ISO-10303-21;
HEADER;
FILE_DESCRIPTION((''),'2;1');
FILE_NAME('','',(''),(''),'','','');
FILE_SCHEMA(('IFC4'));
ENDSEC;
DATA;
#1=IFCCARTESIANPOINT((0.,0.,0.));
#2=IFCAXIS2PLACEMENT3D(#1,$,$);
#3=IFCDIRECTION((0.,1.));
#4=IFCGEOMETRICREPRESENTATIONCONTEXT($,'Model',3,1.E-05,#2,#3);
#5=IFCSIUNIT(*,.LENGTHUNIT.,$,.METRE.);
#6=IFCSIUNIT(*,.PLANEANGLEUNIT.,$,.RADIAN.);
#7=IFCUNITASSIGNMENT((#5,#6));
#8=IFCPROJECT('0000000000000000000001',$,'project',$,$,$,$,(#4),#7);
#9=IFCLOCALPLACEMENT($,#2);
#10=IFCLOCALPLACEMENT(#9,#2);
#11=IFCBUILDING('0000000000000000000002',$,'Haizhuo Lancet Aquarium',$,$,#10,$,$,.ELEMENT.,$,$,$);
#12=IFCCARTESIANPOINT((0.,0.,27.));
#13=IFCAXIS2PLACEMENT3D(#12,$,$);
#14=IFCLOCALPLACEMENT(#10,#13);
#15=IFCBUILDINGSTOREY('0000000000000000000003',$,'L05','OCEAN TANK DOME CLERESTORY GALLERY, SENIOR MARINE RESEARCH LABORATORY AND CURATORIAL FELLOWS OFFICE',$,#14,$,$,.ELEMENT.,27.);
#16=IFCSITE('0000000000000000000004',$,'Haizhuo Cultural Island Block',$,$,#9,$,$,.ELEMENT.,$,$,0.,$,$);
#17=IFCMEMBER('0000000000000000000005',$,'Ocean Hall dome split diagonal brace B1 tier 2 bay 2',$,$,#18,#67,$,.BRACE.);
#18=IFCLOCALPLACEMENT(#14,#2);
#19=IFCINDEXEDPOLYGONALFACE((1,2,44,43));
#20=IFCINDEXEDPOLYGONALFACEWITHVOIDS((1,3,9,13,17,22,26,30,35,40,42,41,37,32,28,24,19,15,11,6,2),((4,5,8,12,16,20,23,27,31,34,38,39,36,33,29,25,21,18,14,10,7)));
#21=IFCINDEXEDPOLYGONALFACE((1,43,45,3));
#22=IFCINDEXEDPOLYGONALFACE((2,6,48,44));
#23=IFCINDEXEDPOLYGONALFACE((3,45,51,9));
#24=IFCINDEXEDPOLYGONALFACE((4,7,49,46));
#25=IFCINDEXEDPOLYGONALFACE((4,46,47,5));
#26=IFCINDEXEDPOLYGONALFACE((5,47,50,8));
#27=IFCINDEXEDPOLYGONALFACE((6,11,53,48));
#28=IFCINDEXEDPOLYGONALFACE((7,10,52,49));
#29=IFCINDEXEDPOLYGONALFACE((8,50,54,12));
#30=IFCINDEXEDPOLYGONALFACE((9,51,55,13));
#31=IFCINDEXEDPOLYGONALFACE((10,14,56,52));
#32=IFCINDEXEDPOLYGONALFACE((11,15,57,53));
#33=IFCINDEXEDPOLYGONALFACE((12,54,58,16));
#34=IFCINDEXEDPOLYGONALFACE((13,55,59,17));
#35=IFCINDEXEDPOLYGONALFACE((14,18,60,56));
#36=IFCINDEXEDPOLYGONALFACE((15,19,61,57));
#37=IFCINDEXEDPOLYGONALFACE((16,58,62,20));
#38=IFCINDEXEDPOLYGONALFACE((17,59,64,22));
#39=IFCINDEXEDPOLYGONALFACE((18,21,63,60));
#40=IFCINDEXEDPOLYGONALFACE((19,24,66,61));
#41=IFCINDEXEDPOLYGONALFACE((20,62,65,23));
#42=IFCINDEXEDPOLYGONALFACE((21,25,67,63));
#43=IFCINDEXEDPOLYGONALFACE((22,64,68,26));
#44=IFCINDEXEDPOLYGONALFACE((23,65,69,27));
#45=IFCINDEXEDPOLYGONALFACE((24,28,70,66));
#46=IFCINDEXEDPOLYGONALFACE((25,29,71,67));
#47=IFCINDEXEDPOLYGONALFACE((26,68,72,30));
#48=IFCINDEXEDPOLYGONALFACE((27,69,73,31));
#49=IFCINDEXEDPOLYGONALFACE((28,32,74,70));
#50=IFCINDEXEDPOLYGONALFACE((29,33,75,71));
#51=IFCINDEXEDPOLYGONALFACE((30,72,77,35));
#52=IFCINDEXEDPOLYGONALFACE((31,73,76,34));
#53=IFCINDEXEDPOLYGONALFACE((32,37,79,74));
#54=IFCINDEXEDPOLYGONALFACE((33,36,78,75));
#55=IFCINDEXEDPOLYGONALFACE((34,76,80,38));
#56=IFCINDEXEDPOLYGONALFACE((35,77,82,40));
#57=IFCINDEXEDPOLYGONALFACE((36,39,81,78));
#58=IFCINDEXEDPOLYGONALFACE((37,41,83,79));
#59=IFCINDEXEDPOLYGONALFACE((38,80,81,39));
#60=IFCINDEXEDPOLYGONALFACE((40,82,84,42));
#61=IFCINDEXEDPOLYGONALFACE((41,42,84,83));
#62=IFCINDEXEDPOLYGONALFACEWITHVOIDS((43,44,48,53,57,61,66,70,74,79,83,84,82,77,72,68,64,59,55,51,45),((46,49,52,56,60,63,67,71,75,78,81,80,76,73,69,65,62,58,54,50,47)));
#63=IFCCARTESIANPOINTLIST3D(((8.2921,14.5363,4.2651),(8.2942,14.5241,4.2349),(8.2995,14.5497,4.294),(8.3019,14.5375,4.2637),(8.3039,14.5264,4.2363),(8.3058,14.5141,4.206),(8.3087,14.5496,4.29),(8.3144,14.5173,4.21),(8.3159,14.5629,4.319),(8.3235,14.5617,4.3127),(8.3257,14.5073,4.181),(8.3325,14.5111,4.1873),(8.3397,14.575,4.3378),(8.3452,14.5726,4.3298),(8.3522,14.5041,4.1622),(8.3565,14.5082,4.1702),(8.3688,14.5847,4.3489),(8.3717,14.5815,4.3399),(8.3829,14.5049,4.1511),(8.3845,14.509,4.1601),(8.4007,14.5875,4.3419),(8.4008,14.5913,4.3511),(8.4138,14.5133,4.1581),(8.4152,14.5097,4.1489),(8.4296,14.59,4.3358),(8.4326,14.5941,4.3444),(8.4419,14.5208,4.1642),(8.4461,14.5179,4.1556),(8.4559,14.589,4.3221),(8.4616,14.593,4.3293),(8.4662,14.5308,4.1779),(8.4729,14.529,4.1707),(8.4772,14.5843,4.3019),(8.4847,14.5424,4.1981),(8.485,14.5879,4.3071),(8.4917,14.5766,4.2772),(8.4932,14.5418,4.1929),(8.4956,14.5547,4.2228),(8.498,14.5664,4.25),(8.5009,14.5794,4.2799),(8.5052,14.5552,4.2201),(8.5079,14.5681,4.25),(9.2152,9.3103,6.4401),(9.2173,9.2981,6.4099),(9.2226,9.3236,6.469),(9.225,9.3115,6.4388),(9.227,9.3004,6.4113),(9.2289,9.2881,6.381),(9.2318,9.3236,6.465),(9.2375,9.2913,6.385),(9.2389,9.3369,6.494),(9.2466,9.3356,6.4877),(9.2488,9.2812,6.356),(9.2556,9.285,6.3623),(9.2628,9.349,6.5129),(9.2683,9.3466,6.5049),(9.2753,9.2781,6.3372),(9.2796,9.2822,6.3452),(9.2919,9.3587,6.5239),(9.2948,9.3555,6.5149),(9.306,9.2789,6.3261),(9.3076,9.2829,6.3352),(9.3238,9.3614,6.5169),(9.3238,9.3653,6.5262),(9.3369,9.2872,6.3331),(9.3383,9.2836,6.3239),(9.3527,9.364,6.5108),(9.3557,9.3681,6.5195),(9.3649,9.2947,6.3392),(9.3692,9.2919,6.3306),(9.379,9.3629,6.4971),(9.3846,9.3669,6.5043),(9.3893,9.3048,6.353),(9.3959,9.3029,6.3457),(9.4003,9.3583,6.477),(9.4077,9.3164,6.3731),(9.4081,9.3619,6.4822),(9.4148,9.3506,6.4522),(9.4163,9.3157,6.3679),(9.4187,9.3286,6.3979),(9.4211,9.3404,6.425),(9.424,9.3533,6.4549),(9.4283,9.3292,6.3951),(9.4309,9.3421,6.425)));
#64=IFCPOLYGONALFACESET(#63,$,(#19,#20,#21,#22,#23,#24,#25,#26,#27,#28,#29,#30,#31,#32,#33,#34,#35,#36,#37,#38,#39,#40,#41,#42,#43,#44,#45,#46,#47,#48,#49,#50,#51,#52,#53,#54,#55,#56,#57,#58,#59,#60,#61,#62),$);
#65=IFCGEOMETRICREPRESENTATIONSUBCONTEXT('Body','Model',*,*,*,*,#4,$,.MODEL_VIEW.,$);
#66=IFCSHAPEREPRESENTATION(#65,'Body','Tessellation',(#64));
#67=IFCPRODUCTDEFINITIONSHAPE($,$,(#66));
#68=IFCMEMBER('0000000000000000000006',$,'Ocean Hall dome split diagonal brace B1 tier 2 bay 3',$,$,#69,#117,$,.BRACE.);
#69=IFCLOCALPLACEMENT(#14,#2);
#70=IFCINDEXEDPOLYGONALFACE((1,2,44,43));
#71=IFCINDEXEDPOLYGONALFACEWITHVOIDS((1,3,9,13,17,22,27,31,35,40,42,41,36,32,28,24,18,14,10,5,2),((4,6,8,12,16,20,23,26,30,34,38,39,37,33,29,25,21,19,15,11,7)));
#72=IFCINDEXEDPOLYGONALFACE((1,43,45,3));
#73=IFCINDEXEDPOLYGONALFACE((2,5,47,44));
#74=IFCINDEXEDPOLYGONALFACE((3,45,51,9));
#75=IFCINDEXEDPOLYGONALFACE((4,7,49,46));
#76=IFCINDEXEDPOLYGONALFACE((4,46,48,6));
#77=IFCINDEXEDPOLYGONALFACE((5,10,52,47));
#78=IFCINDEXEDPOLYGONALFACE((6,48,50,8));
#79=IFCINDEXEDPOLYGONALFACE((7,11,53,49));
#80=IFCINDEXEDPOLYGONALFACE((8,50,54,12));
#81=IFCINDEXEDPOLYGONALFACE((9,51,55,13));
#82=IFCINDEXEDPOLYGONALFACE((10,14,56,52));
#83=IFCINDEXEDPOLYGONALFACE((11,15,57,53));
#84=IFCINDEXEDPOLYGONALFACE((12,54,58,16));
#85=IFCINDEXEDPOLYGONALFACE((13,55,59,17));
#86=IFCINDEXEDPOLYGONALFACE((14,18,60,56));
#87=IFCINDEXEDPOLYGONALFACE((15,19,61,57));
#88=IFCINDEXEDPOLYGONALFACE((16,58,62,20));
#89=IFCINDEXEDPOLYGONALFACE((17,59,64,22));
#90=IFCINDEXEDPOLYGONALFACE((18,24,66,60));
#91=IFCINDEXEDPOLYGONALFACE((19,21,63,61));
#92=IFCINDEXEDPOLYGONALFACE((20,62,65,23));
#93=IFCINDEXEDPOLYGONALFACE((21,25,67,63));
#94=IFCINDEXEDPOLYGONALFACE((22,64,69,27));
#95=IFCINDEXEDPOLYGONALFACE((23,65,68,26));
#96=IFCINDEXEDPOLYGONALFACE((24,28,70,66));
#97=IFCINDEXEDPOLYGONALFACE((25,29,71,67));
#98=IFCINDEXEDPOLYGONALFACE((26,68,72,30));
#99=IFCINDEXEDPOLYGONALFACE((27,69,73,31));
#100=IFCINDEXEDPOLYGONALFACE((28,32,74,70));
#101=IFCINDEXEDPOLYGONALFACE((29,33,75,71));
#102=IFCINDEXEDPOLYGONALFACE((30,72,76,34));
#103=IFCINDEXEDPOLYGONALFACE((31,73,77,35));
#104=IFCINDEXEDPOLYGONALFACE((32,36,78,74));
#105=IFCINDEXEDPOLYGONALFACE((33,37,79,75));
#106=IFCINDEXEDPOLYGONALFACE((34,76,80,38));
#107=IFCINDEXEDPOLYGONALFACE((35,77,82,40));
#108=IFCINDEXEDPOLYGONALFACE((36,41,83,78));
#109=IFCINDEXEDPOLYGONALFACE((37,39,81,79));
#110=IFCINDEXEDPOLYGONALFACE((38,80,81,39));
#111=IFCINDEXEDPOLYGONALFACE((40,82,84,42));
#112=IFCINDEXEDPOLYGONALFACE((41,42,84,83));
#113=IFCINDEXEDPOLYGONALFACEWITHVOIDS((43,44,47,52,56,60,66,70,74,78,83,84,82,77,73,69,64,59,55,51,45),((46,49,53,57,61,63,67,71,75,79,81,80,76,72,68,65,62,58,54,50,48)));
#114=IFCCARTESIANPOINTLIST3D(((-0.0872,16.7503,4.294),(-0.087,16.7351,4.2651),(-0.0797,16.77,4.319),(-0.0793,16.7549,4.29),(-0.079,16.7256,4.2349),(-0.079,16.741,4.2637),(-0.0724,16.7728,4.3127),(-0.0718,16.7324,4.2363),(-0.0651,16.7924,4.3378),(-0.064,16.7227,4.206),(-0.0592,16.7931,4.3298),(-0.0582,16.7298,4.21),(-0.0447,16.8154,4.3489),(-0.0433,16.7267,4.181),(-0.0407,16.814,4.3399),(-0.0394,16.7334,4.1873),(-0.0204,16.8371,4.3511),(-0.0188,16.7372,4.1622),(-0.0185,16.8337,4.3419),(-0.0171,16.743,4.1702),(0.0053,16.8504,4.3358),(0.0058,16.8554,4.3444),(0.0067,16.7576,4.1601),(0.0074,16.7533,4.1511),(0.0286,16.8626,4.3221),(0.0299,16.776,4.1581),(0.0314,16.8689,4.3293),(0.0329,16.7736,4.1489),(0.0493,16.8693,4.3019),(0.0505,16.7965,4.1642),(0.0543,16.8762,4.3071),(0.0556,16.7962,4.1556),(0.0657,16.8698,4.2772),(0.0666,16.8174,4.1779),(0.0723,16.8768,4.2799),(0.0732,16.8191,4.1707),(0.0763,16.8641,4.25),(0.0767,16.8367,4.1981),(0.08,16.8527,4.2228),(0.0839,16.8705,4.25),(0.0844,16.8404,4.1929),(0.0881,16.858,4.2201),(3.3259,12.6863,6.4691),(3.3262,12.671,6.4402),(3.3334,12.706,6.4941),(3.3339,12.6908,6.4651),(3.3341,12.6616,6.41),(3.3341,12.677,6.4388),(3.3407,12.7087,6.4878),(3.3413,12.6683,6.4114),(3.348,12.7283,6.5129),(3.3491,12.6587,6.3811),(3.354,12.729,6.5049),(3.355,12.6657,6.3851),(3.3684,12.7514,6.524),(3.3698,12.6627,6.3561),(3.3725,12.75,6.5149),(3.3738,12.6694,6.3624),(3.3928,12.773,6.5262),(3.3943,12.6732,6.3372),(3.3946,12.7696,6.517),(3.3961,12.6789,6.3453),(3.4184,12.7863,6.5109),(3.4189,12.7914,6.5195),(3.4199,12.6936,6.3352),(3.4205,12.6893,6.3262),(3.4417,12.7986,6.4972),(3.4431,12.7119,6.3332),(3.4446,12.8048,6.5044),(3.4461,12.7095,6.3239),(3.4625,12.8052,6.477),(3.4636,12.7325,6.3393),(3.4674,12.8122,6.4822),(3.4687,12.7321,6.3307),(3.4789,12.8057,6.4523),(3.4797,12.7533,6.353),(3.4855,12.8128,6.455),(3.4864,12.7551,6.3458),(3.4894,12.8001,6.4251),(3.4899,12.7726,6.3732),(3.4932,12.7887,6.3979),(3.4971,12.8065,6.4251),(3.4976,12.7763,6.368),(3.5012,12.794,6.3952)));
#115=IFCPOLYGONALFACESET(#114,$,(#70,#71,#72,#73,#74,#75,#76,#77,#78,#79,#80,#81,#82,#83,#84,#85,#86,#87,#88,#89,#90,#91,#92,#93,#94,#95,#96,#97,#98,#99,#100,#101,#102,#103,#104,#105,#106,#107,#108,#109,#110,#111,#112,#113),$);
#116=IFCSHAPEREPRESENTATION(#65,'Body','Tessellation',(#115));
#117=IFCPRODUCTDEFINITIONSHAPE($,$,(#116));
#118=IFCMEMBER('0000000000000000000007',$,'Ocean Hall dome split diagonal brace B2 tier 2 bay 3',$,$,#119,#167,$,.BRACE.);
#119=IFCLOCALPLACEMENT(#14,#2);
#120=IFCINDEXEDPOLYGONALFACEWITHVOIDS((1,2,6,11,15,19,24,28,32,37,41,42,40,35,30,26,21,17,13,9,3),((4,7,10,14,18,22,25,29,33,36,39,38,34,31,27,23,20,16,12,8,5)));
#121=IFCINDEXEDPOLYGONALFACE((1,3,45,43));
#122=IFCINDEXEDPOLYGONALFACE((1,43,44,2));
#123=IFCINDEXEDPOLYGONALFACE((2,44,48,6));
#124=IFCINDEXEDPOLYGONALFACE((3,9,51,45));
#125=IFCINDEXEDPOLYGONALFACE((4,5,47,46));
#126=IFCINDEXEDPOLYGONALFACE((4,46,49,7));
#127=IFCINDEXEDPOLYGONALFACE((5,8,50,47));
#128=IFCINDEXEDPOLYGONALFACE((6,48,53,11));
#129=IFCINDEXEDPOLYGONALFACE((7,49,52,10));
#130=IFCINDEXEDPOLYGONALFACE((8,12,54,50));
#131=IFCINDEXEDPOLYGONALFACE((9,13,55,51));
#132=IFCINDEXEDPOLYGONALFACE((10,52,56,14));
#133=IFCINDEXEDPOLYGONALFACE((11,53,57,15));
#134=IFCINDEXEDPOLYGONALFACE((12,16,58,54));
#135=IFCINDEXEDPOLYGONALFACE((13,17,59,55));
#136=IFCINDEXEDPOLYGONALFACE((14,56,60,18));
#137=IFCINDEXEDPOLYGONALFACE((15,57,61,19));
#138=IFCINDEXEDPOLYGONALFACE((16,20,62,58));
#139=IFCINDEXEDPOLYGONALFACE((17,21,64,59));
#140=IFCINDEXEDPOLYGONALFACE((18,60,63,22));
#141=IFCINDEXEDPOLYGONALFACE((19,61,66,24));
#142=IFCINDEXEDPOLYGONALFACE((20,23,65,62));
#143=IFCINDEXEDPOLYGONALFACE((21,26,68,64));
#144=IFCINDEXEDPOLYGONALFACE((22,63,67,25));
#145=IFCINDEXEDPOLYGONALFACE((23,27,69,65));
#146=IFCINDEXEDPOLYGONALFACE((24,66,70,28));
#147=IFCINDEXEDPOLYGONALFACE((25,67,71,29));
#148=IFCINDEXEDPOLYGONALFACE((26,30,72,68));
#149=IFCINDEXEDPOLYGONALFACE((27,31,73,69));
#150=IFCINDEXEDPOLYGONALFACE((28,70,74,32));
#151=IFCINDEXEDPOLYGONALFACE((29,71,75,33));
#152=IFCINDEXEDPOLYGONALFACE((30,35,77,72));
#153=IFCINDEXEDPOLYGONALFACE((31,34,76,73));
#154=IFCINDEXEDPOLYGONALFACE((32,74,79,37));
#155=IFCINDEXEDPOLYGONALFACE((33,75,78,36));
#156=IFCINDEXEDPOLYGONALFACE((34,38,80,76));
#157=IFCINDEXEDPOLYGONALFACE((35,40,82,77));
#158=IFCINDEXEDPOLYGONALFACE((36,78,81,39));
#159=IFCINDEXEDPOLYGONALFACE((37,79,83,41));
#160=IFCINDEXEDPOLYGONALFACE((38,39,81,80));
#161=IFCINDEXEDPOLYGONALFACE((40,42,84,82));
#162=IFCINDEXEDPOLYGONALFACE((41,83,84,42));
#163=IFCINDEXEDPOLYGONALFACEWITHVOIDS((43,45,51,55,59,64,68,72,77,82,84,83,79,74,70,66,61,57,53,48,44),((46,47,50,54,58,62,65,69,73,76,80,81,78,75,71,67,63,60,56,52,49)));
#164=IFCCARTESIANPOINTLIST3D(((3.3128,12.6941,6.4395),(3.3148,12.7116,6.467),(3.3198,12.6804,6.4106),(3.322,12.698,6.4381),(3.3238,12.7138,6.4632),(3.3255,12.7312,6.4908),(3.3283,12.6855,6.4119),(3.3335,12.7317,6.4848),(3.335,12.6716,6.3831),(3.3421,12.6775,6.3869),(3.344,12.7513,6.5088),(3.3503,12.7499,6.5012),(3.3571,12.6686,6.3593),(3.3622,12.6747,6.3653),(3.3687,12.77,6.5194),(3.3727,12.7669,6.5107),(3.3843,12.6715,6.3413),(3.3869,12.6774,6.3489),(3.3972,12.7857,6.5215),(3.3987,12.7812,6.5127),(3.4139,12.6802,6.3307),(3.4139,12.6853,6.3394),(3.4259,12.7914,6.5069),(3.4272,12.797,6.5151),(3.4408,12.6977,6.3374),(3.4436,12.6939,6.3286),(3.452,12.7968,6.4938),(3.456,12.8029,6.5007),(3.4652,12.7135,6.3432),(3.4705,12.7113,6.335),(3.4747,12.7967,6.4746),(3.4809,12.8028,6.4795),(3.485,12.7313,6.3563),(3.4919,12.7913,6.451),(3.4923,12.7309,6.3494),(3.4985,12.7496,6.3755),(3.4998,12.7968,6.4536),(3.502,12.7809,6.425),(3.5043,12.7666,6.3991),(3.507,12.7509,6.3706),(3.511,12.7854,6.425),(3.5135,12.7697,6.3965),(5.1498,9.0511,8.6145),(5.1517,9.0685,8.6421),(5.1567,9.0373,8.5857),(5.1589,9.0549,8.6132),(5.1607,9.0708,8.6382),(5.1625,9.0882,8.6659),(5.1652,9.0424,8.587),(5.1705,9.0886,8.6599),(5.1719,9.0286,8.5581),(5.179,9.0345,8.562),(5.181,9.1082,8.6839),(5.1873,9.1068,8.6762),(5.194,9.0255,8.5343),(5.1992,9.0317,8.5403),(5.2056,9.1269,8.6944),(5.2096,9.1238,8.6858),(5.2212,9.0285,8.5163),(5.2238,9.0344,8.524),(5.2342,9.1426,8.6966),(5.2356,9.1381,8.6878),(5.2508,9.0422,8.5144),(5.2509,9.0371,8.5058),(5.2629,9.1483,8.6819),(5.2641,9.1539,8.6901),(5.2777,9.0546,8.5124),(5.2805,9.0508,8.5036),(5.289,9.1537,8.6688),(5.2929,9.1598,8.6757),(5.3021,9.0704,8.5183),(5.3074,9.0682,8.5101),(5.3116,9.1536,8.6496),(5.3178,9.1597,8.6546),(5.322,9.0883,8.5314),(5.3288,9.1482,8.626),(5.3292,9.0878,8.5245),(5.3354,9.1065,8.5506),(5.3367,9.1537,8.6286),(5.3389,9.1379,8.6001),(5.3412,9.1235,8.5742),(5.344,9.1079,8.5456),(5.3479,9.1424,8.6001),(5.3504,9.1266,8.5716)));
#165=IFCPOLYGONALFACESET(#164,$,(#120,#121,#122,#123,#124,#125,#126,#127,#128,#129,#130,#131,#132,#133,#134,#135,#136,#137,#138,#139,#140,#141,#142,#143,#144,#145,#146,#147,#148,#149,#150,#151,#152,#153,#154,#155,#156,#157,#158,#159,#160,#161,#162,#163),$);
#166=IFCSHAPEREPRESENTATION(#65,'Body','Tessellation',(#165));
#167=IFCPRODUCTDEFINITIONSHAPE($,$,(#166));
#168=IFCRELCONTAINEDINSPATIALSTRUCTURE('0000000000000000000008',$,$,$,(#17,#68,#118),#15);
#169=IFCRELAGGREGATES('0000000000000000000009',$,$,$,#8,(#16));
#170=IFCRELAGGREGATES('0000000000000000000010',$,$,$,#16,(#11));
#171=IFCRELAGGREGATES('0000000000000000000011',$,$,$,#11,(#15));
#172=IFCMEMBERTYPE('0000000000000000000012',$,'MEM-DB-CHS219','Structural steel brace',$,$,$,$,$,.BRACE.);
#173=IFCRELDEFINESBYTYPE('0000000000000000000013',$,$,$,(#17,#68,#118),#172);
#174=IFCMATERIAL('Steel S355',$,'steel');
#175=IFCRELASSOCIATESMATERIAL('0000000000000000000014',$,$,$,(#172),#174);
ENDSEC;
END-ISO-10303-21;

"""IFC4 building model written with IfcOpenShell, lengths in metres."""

from ifc_helpers import new_model, si_unit, direction, frame, origin, origin_2d, place, context, subcontext, project, spatial, hollow_circle, extrude, material, material_profile, profile_set, type_object, element, save


model = new_model("IFC4")

# Units and contexts
model_context = context("Model", 3, precision=1e-05, world=origin(), true_north=direction((0.0, 1.0)))
body_context = subcontext(model_context, "Body", "Model", "MODEL_VIEW")
ifc_project = project(units=[si_unit("LENGTHUNIT", "METRE"), si_unit("PLANEANGLEUNIT", "RADIAN")], contexts=[model_context])

# Site, building, storey
site_placement = place(None, origin())
site = spatial("IfcSite", under=ifc_project, at=site_placement, Name="Haizhuo Cultural Island Block", CompositionType="ELEMENT", RefElevation=0.0)
building_placement = place(site_placement, origin())
building = spatial("IfcBuilding", under=site, at=building_placement, Name="Haizhuo Lancet Aquarium", CompositionType="ELEMENT")
storey_placement = place(building_placement, frame((0.0, 0.0, 27.0)))
storey = spatial("IfcBuildingStorey", under=building, at=storey_placement, Name="L05", Description="OCEAN TANK DOME CLERESTORY GALLERY, SENIOR MARINE RESEARCH LABORATORY AND CURATORIAL FELLOWS OFFICE", CompositionType="ELEMENT", Elevation=27.0)

# Members
ifc_material_1 = material(Name="Steel S355", Category="steel")
ifc_material_profile_1 = material_profile(ifc_material_1, hollow_circle(Radius=0.1096, WallThickness=0.01, at=origin_2d()), Name="CHS 219x10")
ifc_profile_set_1 = profile_set([ifc_material_profile_1], Name="Steel S355")
member_type_1 = type_object("IfcMemberType", Name="MEM-DB-CHS219", Description="Structural steel brace", PredefinedType="BRACE", material=ifc_profile_set_1)
member_1_placement = place(storey_placement, frame((8.3999, 14.5491, 4.25), z_axis=(0.160947, -0.911196, 0.379232), x_axis=(0.984756, 0.17394, 0.0)))
element("IfcMember", 1, at=member_1_placement, inside=storey, type_object=member_type_1, Name="Ocean Hall dome split diagonal brace B1 tier 2 bay 2", PredefinedType="BRACE", context=body_context, shape_type="SweptSolid", body=[
    extrude(hollow_circle(Radius=0.1096, WallThickness=0.01, at=origin_2d()), origin(), (0.0, 0.0, 1.0), 5.7354),
])
member_2_placement = place(storey_placement, frame((0.0, 16.8, 4.25), z_axis=(0.595082, -0.708565, 0.379227), x_axis=(0.765765, 0.643121, 0.0)))
element("IfcMember", 2, at=member_2_placement, inside=storey, type_object=member_type_1, Name="Ocean Hall dome split diagonal brace B1 tier 2 bay 3", PredefinedType="BRACE", context=body_context, shape_type="SweptSolid", body=[
    extrude(hollow_circle(Radius=0.1096, WallThickness=0.01, at=origin_2d()), origin(), (0.0, 0.0, 1.0), 5.7356),
])
member_3_placement = place(storey_placement, frame((3.4131, 12.7361, 6.425), z_axis=(0.397297, -0.787941, 0.47043), x_axis=(0.892914, 0.450227, 0.0)))
element("IfcMember", 3, at=member_3_placement, inside=storey, type_object=member_type_1, Name="Ocean Hall dome split diagonal brace B2 tier 2 bay 3", PredefinedType="BRACE", context=body_context, shape_type="SweptSolid", body=[
    extrude(hollow_circle(Radius=0.1096, WallThickness=0.01, at=origin_2d()), origin(), (0.0, 0.0, 1.0), 4.6235),
])

save(model, "model.ifc")
